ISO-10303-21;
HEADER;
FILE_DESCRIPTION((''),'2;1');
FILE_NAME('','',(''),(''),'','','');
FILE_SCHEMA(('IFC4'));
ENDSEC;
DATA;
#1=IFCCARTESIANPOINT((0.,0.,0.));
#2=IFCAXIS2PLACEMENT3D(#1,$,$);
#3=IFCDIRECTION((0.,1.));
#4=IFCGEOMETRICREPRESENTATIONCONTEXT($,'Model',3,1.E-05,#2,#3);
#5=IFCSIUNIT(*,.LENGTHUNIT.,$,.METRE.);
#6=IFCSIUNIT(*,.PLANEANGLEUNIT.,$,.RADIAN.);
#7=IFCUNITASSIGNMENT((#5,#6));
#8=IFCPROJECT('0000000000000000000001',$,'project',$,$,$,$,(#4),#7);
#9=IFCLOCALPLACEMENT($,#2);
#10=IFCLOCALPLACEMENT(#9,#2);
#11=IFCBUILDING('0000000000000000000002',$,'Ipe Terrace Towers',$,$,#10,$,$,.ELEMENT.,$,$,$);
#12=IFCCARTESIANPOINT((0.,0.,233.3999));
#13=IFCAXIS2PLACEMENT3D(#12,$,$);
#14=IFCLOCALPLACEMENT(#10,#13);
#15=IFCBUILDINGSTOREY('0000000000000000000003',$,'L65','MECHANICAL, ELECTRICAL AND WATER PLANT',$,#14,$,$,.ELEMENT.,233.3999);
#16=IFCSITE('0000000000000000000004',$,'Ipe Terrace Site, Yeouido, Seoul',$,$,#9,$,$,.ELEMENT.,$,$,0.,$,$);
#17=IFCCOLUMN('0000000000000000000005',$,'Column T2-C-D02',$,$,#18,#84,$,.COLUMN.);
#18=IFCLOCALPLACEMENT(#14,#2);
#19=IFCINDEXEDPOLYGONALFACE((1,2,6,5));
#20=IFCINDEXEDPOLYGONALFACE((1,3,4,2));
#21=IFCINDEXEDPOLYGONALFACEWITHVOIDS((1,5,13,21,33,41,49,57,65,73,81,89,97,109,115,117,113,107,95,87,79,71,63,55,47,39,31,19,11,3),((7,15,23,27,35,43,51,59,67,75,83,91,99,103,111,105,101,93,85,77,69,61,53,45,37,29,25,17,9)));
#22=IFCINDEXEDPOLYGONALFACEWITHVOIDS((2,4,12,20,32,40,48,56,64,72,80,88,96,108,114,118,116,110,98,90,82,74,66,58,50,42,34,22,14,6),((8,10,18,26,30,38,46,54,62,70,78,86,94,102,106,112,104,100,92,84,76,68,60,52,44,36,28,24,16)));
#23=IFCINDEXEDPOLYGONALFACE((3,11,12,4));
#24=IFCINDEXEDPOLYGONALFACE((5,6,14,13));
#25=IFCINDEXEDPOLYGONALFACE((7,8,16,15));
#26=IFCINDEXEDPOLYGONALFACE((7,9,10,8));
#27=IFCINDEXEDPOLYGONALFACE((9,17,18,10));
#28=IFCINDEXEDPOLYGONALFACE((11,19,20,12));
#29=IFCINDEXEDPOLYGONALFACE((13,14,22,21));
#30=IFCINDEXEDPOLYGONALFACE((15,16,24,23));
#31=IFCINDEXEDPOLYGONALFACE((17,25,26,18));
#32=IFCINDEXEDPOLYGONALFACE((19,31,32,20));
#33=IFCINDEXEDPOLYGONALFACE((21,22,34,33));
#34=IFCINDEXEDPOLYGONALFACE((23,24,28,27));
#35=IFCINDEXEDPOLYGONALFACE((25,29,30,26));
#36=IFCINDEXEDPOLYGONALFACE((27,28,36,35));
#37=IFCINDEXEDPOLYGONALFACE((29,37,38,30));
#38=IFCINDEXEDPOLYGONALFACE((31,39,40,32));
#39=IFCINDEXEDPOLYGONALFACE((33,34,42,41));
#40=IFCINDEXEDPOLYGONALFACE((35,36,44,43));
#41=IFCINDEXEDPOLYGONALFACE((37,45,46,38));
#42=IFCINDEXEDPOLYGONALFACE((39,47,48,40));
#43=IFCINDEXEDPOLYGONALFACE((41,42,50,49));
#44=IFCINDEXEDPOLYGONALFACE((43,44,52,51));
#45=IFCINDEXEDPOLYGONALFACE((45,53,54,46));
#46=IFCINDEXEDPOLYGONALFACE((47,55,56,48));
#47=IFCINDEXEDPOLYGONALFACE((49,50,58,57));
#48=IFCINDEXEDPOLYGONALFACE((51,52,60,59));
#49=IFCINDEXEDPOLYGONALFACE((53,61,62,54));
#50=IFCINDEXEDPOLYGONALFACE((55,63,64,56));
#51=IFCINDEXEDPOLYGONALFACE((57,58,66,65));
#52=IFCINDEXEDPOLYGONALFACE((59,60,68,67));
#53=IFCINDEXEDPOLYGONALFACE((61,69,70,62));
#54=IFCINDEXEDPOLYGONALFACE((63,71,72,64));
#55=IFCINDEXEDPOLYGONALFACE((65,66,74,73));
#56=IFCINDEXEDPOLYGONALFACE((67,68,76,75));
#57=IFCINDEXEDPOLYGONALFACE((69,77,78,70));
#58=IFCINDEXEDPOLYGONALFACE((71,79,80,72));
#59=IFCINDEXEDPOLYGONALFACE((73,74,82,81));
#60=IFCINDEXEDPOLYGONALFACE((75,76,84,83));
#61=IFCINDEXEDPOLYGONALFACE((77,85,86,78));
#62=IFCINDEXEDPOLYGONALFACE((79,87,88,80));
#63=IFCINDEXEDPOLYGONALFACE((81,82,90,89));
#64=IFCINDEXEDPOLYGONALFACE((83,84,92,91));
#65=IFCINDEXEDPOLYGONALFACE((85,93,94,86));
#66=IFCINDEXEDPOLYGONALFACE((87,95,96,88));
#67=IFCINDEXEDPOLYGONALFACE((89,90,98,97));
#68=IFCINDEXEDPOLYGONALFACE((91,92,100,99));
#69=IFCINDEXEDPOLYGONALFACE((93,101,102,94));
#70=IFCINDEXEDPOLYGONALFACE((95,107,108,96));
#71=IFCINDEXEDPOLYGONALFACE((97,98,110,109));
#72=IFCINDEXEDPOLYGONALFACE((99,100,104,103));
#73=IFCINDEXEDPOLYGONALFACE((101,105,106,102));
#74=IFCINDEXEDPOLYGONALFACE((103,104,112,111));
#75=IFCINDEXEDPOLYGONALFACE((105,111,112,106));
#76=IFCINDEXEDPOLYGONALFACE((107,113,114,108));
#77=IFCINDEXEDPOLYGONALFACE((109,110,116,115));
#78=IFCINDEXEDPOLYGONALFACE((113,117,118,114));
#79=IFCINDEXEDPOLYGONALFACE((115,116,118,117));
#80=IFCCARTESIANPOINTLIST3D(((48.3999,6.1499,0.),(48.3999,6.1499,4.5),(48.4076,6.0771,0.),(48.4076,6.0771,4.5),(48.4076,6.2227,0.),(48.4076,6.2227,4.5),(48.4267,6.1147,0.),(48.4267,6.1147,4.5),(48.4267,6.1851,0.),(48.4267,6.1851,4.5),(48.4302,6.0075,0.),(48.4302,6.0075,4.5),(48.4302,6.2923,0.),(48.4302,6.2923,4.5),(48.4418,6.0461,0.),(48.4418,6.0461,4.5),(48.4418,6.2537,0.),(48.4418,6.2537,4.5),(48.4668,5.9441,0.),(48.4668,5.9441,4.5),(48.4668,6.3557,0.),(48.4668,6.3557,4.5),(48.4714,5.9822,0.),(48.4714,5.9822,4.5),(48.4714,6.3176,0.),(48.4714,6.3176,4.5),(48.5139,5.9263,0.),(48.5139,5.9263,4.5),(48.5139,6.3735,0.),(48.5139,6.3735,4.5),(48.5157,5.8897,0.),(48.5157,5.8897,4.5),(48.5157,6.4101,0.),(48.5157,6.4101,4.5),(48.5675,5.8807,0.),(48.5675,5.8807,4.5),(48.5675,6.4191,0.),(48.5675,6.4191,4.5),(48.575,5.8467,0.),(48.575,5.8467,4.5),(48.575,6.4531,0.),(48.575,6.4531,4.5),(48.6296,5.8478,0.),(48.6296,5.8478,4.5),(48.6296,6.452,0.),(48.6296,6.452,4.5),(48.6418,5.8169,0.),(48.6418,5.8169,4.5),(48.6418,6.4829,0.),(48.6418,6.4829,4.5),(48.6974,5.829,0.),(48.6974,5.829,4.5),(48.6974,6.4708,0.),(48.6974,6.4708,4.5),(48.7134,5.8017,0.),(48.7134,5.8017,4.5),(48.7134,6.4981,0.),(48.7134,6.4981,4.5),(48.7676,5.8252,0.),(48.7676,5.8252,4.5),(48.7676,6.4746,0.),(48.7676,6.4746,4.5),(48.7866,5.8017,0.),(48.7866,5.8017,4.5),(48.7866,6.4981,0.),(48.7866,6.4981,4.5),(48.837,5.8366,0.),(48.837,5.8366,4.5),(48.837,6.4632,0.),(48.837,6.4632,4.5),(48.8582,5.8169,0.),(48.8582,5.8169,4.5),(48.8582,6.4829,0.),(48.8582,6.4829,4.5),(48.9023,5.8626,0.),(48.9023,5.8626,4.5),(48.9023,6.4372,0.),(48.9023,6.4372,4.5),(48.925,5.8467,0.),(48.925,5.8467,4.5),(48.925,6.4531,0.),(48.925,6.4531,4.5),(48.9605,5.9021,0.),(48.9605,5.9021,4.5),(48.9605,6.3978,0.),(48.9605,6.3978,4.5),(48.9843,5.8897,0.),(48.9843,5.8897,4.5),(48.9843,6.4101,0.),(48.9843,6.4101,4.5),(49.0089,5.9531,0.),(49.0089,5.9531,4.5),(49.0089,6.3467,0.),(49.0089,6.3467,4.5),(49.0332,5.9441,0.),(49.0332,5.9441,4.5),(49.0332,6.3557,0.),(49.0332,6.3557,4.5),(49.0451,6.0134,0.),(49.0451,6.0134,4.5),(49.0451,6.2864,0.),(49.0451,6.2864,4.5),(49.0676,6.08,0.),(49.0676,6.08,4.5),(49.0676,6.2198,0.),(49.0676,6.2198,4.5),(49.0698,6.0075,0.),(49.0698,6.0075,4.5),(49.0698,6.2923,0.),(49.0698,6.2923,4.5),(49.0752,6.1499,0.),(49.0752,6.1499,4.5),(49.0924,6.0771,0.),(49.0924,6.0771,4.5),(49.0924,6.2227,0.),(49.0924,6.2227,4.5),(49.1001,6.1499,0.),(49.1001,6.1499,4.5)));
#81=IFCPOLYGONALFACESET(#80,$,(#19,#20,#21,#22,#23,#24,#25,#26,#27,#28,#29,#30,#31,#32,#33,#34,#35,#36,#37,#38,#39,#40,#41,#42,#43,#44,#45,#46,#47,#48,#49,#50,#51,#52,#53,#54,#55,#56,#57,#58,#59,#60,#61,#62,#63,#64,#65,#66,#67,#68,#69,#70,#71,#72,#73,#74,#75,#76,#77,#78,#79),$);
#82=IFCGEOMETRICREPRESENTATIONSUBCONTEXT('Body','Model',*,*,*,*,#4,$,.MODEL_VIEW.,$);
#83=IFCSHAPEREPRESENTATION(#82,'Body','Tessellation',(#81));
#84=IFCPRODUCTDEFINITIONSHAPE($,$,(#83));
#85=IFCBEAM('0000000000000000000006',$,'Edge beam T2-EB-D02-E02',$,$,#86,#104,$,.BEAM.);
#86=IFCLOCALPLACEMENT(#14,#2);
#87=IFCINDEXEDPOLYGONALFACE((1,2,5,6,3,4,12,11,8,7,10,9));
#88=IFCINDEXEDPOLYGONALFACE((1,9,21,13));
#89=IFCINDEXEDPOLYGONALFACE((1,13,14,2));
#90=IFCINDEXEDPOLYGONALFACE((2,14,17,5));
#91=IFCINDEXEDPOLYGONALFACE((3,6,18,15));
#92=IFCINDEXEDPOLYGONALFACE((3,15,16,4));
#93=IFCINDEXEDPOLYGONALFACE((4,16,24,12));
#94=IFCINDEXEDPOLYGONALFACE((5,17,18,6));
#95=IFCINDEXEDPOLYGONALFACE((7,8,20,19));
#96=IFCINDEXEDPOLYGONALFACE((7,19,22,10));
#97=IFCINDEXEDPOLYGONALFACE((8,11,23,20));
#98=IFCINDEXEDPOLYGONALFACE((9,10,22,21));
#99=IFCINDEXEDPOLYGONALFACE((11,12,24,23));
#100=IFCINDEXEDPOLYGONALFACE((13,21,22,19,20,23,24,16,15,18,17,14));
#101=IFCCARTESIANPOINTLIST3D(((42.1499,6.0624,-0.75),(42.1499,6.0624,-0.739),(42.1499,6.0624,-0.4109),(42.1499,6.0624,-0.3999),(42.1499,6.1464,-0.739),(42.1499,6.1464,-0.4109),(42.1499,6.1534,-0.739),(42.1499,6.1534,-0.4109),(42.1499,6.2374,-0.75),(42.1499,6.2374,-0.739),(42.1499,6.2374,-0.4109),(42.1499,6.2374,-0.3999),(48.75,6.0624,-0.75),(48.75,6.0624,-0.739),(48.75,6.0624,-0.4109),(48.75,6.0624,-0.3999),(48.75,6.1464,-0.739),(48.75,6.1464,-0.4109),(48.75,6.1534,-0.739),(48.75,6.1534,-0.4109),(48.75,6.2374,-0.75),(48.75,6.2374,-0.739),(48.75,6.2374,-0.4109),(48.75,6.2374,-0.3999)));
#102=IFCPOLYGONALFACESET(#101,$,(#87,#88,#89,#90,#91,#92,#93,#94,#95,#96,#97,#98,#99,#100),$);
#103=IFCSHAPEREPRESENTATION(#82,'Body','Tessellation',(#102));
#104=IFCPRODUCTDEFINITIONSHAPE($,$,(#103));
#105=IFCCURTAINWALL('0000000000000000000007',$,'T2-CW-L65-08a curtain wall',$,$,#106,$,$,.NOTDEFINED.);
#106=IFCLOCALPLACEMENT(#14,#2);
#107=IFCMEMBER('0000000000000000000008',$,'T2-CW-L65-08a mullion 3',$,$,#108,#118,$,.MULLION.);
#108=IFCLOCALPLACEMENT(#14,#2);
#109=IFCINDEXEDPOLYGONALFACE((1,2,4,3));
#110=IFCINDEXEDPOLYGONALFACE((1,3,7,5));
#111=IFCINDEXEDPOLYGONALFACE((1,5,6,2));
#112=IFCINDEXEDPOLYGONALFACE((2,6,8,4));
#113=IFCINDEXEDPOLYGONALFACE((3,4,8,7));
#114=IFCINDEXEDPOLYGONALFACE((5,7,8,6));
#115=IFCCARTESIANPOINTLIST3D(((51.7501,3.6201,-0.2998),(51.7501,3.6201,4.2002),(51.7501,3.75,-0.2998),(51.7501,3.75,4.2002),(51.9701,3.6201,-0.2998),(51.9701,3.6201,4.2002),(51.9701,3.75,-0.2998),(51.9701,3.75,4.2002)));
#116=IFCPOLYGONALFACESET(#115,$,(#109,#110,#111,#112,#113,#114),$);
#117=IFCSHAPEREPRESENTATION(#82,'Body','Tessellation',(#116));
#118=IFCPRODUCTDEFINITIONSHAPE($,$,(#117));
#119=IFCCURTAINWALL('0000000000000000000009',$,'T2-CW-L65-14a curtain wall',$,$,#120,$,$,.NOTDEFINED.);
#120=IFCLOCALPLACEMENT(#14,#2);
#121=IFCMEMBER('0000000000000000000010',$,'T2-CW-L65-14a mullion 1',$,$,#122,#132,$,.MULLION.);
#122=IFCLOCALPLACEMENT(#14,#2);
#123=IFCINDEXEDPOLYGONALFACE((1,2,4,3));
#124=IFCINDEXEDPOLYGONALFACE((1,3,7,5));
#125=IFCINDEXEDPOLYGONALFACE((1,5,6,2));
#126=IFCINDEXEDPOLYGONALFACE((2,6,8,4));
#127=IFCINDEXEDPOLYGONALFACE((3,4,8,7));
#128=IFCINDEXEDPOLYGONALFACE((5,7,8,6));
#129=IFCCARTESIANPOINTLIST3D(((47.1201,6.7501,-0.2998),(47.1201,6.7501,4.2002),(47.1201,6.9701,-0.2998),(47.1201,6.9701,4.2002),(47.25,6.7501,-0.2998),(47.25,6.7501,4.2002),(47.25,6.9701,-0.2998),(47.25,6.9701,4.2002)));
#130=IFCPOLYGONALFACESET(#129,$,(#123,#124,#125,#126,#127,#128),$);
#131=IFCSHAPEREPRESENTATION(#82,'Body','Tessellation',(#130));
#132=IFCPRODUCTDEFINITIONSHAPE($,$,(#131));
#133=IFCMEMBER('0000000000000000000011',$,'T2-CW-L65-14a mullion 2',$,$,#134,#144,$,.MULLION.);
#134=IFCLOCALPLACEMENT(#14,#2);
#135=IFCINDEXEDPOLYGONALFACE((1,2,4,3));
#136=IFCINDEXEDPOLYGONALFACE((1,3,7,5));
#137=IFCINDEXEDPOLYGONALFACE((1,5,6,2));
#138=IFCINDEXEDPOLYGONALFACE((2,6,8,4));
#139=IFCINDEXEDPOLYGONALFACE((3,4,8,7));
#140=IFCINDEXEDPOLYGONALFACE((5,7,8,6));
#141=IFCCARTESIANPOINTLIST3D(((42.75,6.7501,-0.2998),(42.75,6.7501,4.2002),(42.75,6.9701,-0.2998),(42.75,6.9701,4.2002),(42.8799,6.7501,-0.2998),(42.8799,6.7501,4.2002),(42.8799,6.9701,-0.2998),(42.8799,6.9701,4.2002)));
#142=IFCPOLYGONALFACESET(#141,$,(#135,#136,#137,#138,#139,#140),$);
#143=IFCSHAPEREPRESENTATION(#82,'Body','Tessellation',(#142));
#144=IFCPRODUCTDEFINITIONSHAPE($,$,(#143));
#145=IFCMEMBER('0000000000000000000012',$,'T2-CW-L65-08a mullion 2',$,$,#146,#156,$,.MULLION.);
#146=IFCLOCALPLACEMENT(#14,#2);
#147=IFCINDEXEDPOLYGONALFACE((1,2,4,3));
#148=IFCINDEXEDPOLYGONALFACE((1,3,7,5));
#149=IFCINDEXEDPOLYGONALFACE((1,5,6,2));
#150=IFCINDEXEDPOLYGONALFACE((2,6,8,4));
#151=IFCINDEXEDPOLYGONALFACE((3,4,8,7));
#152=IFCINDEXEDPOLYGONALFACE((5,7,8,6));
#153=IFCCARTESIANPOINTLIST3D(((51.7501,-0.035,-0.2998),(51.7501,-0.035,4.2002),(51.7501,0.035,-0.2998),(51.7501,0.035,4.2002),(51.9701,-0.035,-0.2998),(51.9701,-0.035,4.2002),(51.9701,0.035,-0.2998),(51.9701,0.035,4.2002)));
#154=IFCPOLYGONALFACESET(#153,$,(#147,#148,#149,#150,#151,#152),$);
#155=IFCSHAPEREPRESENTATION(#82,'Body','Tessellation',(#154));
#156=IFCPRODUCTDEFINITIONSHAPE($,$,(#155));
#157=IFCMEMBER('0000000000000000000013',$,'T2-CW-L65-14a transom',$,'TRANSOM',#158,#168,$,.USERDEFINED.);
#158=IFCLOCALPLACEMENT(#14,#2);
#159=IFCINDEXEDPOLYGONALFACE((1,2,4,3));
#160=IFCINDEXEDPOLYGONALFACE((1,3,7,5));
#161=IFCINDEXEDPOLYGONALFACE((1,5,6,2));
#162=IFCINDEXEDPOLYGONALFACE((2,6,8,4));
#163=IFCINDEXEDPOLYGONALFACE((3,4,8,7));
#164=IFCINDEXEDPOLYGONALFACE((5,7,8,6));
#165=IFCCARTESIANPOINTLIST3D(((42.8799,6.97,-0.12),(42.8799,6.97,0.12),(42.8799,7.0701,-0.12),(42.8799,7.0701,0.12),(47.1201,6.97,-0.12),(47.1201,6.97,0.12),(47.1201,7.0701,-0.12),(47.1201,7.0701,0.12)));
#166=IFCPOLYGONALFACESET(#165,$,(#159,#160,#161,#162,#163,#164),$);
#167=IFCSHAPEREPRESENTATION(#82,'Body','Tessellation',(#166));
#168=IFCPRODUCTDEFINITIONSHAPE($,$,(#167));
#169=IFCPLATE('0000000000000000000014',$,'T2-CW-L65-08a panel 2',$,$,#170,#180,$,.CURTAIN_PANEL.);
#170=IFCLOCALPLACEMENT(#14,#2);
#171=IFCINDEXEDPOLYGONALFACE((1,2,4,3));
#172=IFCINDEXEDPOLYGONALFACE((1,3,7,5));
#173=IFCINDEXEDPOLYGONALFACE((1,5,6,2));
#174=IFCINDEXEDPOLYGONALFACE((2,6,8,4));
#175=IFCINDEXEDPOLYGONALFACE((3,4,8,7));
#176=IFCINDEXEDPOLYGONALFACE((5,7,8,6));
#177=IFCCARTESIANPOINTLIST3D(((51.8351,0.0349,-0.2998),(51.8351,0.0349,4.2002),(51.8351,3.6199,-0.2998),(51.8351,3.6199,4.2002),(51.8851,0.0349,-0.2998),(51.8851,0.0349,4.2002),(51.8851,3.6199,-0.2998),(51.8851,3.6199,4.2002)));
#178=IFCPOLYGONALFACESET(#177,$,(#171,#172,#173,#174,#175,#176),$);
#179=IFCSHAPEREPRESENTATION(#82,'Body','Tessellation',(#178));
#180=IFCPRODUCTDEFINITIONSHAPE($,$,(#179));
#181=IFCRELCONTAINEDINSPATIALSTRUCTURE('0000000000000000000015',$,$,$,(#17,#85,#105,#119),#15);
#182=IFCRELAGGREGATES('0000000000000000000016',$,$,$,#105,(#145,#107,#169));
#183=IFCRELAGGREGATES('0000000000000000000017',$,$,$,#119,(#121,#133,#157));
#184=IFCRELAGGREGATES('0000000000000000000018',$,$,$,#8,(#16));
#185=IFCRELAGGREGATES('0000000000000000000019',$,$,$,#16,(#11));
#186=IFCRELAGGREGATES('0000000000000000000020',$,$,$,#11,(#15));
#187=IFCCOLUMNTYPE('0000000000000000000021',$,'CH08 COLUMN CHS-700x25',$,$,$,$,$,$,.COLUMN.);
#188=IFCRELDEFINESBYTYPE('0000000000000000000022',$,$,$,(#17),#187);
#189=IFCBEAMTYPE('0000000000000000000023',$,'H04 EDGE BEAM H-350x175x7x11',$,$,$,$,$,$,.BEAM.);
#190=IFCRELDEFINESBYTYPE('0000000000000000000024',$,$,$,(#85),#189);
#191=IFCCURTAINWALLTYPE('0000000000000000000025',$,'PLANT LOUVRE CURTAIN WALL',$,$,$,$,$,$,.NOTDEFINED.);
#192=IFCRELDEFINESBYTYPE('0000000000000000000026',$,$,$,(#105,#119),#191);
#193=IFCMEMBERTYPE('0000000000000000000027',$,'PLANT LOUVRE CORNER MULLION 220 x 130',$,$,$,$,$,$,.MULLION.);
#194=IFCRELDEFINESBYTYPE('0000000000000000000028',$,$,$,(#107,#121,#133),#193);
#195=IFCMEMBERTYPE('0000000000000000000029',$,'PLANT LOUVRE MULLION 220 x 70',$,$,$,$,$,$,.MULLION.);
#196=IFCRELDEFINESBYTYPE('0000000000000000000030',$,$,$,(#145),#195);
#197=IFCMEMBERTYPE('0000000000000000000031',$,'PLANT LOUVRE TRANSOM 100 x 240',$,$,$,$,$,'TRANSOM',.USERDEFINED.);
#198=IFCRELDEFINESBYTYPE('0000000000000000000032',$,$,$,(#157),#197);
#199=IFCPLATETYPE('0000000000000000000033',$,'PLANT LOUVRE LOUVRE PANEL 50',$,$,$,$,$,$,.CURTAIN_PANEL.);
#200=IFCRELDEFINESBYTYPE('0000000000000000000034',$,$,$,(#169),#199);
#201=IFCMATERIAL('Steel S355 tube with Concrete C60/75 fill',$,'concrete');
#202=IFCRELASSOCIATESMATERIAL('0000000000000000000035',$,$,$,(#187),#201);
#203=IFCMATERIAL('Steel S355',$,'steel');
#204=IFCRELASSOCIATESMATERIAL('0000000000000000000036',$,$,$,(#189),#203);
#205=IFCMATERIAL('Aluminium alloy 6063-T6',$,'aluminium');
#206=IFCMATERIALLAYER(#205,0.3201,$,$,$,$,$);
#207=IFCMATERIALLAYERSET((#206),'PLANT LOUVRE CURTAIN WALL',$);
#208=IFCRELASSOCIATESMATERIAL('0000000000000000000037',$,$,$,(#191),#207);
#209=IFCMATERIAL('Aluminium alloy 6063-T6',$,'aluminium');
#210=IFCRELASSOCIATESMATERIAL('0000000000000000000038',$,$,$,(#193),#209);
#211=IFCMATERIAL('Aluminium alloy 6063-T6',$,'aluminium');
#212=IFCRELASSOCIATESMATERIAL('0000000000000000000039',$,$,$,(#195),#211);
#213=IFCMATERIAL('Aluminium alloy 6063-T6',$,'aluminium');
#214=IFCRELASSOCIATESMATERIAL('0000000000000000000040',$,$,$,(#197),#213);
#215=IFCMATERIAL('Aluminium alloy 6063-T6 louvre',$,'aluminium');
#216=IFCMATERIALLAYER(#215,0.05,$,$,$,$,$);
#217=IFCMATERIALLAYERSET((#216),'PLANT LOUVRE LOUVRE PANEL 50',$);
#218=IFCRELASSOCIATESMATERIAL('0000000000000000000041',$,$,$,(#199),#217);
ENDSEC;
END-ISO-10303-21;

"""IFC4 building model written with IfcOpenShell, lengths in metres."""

from ifc_helpers import new_model, si_unit, direction, frame, origin, origin_2d, place, context, subcontext, project, spatial, rectangle, hollow_circle, i_section, extrude, material, layer, layer_set, material_profile, profile_set, type_object, element, aggregate, save


model = new_model("IFC4")

# Units and contexts
model_context = context("Model", 3, precision=1e-05, world=origin(), true_north=direction((0.0, 1.0)))
body_context = subcontext(model_context, "Body", "Model", "MODEL_VIEW")
ifc_project = project(units=[si_unit("LENGTHUNIT", "METRE"), si_unit("PLANEANGLEUNIT", "RADIAN")], contexts=[model_context])

# Site, building, storey
site_placement = place(None, origin())
site = spatial("IfcSite", under=ifc_project, at=site_placement, Name="Ipe Terrace Site, Yeouido, Seoul", CompositionType="ELEMENT", RefElevation=0.0)
building_placement = place(site_placement, origin())
building = spatial("IfcBuilding", under=site, at=building_placement, Name="Ipe Terrace Towers", CompositionType="ELEMENT")
storey_placement = place(building_placement, frame((0.0, 0.0, 233.3999)))
storey = spatial("IfcBuildingStorey", under=building, at=storey_placement, Name="L65", Description="MECHANICAL, ELECTRICAL AND WATER PLANT", CompositionType="ELEMENT", Elevation=233.3999)

# Column
ifc_material_1 = material(Name="Steel S355 tube with Concrete C60/75 fill", Category="concrete")
ifc_material_profile_1 = material_profile(ifc_material_1, hollow_circle(Radius=0.3501, WallThickness=0.0249, at=origin_2d()), Name="CHS-700x25")
ifc_profile_set_1 = profile_set([ifc_material_profile_1], Name="Steel S355 tube with Concrete C60/75 fill")
column_type = type_object("IfcColumnType", Name="CH08 COLUMN CHS-700x25", PredefinedType="COLUMN", material=ifc_profile_set_1)
column_placement = place(storey_placement, frame((48.75, 6.1499, 0.0), z_axis=(0.0, 0.0, 1.0), x_axis=(1.0, 0.0, 0.0)))
element("IfcColumn", 1, at=column_placement, inside=storey, type_object=column_type, Name="Column T2-C-D02", PredefinedType="COLUMN", context=body_context, shape_type="SweptSolid", body=[
    extrude(hollow_circle(Radius=0.3501, WallThickness=0.0249, at=origin_2d()), origin(), (0.0, 0.0, 1.0), 4.5),
])

# Beam
ifc_material_2 = material(Name="Steel S355", Category="steel")
ifc_material_profile_2 = material_profile(ifc_material_2, i_section(OverallWidth=0.175, OverallDepth=0.3501, WebThickness=0.0071, FlangeThickness=0.011, at=origin_2d()), Name="H-350x175x7x11")
ifc_profile_set_2 = profile_set([ifc_material_profile_2], Name="Steel S355")
beam_type = type_object("IfcBeamType", Name="H04 EDGE BEAM H-350x175x7x11", PredefinedType="BEAM", material=ifc_profile_set_2)
beam_placement = place(storey_placement, frame((48.75, 6.1499, -0.575), z_axis=(-1.0, 0.0, 0.0), x_axis=(0.0, -1.0, 0.0)))
element("IfcBeam", 2, at=beam_placement, inside=storey, type_object=beam_type, Name="Edge beam T2-EB-D02-E02", PredefinedType="BEAM", context=body_context, shape_type="SweptSolid", body=[
    extrude(i_section(OverallWidth=0.175, OverallDepth=0.3501, WebThickness=0.0071, FlangeThickness=0.011, at=origin_2d()), origin(), (0.0, 0.0, 1.0), 6.6001),
])

# Curtain wall, member
ifc_material_3 = material(Name="Aluminium alloy 6063-T6", Category="aluminium")
ifc_layer_1 = layer(ifc_material_3, 0.3201)
ifc_layer_set_1 = layer_set([ifc_layer_1], Name="PLANT LOUVRE CURTAIN WALL")
curtain_wall_type = type_object("IfcCurtainWallType", Name="PLANT LOUVRE CURTAIN WALL", PredefinedType="NOTDEFINED", material=ifc_layer_set_1)
curtain_wall_1_placement = place(storey_placement, origin())
curtain_wall_1 = element("IfcCurtainWall", 3, at=curtain_wall_1_placement, inside=storey, type_object=curtain_wall_type, Name="T2-CW-L65-08a curtain wall", PredefinedType="NOTDEFINED")
ifc_material_4 = material(Name="Aluminium alloy 6063-T6", Category="aluminium")
ifc_material_profile_3 = material_profile(ifc_material_4, rectangle(XDim=0.22, YDim=0.1299, at=origin_2d()), Name="PLANT LOUVRE CORNER MULLION 220 x 130")
ifc_profile_set_3 = profile_set([ifc_material_profile_3], Name="Aluminium alloy 6063-T6")
member_type_1 = type_object("IfcMemberType", Name="PLANT LOUVRE CORNER MULLION 220 x 130", PredefinedType="MULLION", material=ifc_profile_set_3)
member_1_placement = place(storey_placement, frame((51.8601, 3.6851, -0.2998), z_axis=(0.0, 0.0, 1.0), x_axis=(1.0, 0.0, 0.0)))
member_1 = element("IfcMember", 4, at=member_1_placement, type_object=member_type_1, Name="T2-CW-L65-08a mullion 3", PredefinedType="MULLION", context=body_context, shape_type="SweptSolid", body=[
    extrude(rectangle(XDim=0.22, YDim=0.1299, at=origin_2d()), origin(), (0.0, 0.0, 1.0), 4.5),
])

# Curtain wall, members
curtain_wall_2_placement = place(storey_placement, origin())
curtain_wall_2 = element("IfcCurtainWall", 5, at=curtain_wall_2_placement, inside=storey, type_object=curtain_wall_type, Name="T2-CW-L65-14a curtain wall", PredefinedType="NOTDEFINED")
member_2_placement = place(storey_placement, frame((47.1851, 6.8601, -0.2998), z_axis=(0.0, 0.0, 1.0), x_axis=(0.0, 1.0, 0.0)))
member_2 = element("IfcMember", 6, at=member_2_placement, type_object=member_type_1, Name="T2-CW-L65-14a mullion 1", PredefinedType="MULLION", context=body_context, shape_type="SweptSolid", body=[
    extrude(rectangle(XDim=0.22, YDim=0.1299, at=origin_2d()), origin(), (0.0, 0.0, 1.0), 4.5),
])
member_3_placement = place(storey_placement, frame((42.8149, 6.8601, -0.2998), z_axis=(0.0, 0.0, 1.0), x_axis=(0.0, 1.0, 0.0)))
member_3 = element("IfcMember", 7, at=member_3_placement, type_object=member_type_1, Name="T2-CW-L65-14a mullion 2", PredefinedType="MULLION", context=body_context, shape_type="SweptSolid", body=[
    extrude(rectangle(XDim=0.22, YDim=0.1299, at=origin_2d()), origin(), (0.0, 0.0, 1.0), 4.5),
])

# Members
ifc_material_5 = material(Name="Aluminium alloy 6063-T6", Category="aluminium")
ifc_material_profile_4 = material_profile(ifc_material_5, rectangle(XDim=0.22, YDim=0.0701, at=origin_2d()), Name="PLANT LOUVRE MULLION 220 x 70")
ifc_profile_set_4 = profile_set([ifc_material_profile_4], Name="Aluminium alloy 6063-T6")
member_type_2 = type_object("IfcMemberType", Name="PLANT LOUVRE MULLION 220 x 70", PredefinedType="MULLION", material=ifc_profile_set_4)
member_4_placement = place(storey_placement, frame((51.8601, 0.0, -0.2998), z_axis=(0.0, 0.0, 1.0), x_axis=(1.0, 0.0, 0.0)))
member_4 = element("IfcMember", 8, at=member_4_placement, type_object=member_type_2, Name="T2-CW-L65-08a mullion 2", PredefinedType="MULLION", context=body_context, shape_type="SweptSolid", body=[
    extrude(rectangle(XDim=0.22, YDim=0.0701, at=origin_2d()), origin(), (0.0, 0.0, 1.0), 4.5),
])
ifc_material_6 = material(Name="Aluminium alloy 6063-T6", Category="aluminium")
ifc_material_profile_5 = material_profile(ifc_material_6, rectangle(XDim=0.1001, YDim=0.24, at=origin_2d()), Name="PLANT LOUVRE TRANSOM 100 x 240")
ifc_profile_set_5 = profile_set([ifc_material_profile_5], Name="Aluminium alloy 6063-T6")
member_type_3 = type_object("IfcMemberType", Name="PLANT LOUVRE TRANSOM 100 x 240", ElementType="TRANSOM", PredefinedType="USERDEFINED", material=ifc_profile_set_5)
member_5_placement = place(storey_placement, frame((47.1201, 7.02, 0.0), z_axis=(-1.0, 0.0, 0.0), x_axis=(0.0, 1.0, 0.0)))
member_5 = element("IfcMember", 9, at=member_5_placement, type_object=member_type_3, Name="T2-CW-L65-14a transom", ObjectType="TRANSOM", PredefinedType="USERDEFINED", context=body_context, shape_type="SweptSolid", body=[
    extrude(rectangle(XDim=0.1001, YDim=0.24, at=origin_2d()), origin(), (0.0, 0.0, 1.0), 4.2402),
])

# Plate
ifc_material_7 = material(Name="Aluminium alloy 6063-T6 louvre", Category="aluminium")
ifc_layer_2 = layer(ifc_material_7, 0.05)
ifc_layer_set_2 = layer_set([ifc_layer_2], Name="PLANT LOUVRE LOUVRE PANEL 50")
plate_type = type_object("IfcPlateType", Name="PLANT LOUVRE LOUVRE PANEL 50", PredefinedType="CURTAIN_PANEL", material=ifc_layer_set_2)
plate_1_placement = place(storey_placement, frame((51.8601, 1.8274, -0.2998), z_axis=(0.0, 0.0, 1.0), x_axis=(0.0, 1.0, 0.0)))
plate_1 = element("IfcPlate", 10, at=plate_1_placement, type_object=plate_type, Name="T2-CW-L65-08a panel 2", PredefinedType="CURTAIN_PANEL", context=body_context, shape_type="SweptSolid", body=[
    extrude(rectangle(XDim=3.585, YDim=0.05, at=origin_2d()), origin(), (0.0, 0.0, 1.0), 4.5),
])
aggregate(curtain_wall_1, [member_4, member_1, plate_1])
aggregate(curtain_wall_2, [member_2, member_3, member_5])

save(model, "model.ifc")
